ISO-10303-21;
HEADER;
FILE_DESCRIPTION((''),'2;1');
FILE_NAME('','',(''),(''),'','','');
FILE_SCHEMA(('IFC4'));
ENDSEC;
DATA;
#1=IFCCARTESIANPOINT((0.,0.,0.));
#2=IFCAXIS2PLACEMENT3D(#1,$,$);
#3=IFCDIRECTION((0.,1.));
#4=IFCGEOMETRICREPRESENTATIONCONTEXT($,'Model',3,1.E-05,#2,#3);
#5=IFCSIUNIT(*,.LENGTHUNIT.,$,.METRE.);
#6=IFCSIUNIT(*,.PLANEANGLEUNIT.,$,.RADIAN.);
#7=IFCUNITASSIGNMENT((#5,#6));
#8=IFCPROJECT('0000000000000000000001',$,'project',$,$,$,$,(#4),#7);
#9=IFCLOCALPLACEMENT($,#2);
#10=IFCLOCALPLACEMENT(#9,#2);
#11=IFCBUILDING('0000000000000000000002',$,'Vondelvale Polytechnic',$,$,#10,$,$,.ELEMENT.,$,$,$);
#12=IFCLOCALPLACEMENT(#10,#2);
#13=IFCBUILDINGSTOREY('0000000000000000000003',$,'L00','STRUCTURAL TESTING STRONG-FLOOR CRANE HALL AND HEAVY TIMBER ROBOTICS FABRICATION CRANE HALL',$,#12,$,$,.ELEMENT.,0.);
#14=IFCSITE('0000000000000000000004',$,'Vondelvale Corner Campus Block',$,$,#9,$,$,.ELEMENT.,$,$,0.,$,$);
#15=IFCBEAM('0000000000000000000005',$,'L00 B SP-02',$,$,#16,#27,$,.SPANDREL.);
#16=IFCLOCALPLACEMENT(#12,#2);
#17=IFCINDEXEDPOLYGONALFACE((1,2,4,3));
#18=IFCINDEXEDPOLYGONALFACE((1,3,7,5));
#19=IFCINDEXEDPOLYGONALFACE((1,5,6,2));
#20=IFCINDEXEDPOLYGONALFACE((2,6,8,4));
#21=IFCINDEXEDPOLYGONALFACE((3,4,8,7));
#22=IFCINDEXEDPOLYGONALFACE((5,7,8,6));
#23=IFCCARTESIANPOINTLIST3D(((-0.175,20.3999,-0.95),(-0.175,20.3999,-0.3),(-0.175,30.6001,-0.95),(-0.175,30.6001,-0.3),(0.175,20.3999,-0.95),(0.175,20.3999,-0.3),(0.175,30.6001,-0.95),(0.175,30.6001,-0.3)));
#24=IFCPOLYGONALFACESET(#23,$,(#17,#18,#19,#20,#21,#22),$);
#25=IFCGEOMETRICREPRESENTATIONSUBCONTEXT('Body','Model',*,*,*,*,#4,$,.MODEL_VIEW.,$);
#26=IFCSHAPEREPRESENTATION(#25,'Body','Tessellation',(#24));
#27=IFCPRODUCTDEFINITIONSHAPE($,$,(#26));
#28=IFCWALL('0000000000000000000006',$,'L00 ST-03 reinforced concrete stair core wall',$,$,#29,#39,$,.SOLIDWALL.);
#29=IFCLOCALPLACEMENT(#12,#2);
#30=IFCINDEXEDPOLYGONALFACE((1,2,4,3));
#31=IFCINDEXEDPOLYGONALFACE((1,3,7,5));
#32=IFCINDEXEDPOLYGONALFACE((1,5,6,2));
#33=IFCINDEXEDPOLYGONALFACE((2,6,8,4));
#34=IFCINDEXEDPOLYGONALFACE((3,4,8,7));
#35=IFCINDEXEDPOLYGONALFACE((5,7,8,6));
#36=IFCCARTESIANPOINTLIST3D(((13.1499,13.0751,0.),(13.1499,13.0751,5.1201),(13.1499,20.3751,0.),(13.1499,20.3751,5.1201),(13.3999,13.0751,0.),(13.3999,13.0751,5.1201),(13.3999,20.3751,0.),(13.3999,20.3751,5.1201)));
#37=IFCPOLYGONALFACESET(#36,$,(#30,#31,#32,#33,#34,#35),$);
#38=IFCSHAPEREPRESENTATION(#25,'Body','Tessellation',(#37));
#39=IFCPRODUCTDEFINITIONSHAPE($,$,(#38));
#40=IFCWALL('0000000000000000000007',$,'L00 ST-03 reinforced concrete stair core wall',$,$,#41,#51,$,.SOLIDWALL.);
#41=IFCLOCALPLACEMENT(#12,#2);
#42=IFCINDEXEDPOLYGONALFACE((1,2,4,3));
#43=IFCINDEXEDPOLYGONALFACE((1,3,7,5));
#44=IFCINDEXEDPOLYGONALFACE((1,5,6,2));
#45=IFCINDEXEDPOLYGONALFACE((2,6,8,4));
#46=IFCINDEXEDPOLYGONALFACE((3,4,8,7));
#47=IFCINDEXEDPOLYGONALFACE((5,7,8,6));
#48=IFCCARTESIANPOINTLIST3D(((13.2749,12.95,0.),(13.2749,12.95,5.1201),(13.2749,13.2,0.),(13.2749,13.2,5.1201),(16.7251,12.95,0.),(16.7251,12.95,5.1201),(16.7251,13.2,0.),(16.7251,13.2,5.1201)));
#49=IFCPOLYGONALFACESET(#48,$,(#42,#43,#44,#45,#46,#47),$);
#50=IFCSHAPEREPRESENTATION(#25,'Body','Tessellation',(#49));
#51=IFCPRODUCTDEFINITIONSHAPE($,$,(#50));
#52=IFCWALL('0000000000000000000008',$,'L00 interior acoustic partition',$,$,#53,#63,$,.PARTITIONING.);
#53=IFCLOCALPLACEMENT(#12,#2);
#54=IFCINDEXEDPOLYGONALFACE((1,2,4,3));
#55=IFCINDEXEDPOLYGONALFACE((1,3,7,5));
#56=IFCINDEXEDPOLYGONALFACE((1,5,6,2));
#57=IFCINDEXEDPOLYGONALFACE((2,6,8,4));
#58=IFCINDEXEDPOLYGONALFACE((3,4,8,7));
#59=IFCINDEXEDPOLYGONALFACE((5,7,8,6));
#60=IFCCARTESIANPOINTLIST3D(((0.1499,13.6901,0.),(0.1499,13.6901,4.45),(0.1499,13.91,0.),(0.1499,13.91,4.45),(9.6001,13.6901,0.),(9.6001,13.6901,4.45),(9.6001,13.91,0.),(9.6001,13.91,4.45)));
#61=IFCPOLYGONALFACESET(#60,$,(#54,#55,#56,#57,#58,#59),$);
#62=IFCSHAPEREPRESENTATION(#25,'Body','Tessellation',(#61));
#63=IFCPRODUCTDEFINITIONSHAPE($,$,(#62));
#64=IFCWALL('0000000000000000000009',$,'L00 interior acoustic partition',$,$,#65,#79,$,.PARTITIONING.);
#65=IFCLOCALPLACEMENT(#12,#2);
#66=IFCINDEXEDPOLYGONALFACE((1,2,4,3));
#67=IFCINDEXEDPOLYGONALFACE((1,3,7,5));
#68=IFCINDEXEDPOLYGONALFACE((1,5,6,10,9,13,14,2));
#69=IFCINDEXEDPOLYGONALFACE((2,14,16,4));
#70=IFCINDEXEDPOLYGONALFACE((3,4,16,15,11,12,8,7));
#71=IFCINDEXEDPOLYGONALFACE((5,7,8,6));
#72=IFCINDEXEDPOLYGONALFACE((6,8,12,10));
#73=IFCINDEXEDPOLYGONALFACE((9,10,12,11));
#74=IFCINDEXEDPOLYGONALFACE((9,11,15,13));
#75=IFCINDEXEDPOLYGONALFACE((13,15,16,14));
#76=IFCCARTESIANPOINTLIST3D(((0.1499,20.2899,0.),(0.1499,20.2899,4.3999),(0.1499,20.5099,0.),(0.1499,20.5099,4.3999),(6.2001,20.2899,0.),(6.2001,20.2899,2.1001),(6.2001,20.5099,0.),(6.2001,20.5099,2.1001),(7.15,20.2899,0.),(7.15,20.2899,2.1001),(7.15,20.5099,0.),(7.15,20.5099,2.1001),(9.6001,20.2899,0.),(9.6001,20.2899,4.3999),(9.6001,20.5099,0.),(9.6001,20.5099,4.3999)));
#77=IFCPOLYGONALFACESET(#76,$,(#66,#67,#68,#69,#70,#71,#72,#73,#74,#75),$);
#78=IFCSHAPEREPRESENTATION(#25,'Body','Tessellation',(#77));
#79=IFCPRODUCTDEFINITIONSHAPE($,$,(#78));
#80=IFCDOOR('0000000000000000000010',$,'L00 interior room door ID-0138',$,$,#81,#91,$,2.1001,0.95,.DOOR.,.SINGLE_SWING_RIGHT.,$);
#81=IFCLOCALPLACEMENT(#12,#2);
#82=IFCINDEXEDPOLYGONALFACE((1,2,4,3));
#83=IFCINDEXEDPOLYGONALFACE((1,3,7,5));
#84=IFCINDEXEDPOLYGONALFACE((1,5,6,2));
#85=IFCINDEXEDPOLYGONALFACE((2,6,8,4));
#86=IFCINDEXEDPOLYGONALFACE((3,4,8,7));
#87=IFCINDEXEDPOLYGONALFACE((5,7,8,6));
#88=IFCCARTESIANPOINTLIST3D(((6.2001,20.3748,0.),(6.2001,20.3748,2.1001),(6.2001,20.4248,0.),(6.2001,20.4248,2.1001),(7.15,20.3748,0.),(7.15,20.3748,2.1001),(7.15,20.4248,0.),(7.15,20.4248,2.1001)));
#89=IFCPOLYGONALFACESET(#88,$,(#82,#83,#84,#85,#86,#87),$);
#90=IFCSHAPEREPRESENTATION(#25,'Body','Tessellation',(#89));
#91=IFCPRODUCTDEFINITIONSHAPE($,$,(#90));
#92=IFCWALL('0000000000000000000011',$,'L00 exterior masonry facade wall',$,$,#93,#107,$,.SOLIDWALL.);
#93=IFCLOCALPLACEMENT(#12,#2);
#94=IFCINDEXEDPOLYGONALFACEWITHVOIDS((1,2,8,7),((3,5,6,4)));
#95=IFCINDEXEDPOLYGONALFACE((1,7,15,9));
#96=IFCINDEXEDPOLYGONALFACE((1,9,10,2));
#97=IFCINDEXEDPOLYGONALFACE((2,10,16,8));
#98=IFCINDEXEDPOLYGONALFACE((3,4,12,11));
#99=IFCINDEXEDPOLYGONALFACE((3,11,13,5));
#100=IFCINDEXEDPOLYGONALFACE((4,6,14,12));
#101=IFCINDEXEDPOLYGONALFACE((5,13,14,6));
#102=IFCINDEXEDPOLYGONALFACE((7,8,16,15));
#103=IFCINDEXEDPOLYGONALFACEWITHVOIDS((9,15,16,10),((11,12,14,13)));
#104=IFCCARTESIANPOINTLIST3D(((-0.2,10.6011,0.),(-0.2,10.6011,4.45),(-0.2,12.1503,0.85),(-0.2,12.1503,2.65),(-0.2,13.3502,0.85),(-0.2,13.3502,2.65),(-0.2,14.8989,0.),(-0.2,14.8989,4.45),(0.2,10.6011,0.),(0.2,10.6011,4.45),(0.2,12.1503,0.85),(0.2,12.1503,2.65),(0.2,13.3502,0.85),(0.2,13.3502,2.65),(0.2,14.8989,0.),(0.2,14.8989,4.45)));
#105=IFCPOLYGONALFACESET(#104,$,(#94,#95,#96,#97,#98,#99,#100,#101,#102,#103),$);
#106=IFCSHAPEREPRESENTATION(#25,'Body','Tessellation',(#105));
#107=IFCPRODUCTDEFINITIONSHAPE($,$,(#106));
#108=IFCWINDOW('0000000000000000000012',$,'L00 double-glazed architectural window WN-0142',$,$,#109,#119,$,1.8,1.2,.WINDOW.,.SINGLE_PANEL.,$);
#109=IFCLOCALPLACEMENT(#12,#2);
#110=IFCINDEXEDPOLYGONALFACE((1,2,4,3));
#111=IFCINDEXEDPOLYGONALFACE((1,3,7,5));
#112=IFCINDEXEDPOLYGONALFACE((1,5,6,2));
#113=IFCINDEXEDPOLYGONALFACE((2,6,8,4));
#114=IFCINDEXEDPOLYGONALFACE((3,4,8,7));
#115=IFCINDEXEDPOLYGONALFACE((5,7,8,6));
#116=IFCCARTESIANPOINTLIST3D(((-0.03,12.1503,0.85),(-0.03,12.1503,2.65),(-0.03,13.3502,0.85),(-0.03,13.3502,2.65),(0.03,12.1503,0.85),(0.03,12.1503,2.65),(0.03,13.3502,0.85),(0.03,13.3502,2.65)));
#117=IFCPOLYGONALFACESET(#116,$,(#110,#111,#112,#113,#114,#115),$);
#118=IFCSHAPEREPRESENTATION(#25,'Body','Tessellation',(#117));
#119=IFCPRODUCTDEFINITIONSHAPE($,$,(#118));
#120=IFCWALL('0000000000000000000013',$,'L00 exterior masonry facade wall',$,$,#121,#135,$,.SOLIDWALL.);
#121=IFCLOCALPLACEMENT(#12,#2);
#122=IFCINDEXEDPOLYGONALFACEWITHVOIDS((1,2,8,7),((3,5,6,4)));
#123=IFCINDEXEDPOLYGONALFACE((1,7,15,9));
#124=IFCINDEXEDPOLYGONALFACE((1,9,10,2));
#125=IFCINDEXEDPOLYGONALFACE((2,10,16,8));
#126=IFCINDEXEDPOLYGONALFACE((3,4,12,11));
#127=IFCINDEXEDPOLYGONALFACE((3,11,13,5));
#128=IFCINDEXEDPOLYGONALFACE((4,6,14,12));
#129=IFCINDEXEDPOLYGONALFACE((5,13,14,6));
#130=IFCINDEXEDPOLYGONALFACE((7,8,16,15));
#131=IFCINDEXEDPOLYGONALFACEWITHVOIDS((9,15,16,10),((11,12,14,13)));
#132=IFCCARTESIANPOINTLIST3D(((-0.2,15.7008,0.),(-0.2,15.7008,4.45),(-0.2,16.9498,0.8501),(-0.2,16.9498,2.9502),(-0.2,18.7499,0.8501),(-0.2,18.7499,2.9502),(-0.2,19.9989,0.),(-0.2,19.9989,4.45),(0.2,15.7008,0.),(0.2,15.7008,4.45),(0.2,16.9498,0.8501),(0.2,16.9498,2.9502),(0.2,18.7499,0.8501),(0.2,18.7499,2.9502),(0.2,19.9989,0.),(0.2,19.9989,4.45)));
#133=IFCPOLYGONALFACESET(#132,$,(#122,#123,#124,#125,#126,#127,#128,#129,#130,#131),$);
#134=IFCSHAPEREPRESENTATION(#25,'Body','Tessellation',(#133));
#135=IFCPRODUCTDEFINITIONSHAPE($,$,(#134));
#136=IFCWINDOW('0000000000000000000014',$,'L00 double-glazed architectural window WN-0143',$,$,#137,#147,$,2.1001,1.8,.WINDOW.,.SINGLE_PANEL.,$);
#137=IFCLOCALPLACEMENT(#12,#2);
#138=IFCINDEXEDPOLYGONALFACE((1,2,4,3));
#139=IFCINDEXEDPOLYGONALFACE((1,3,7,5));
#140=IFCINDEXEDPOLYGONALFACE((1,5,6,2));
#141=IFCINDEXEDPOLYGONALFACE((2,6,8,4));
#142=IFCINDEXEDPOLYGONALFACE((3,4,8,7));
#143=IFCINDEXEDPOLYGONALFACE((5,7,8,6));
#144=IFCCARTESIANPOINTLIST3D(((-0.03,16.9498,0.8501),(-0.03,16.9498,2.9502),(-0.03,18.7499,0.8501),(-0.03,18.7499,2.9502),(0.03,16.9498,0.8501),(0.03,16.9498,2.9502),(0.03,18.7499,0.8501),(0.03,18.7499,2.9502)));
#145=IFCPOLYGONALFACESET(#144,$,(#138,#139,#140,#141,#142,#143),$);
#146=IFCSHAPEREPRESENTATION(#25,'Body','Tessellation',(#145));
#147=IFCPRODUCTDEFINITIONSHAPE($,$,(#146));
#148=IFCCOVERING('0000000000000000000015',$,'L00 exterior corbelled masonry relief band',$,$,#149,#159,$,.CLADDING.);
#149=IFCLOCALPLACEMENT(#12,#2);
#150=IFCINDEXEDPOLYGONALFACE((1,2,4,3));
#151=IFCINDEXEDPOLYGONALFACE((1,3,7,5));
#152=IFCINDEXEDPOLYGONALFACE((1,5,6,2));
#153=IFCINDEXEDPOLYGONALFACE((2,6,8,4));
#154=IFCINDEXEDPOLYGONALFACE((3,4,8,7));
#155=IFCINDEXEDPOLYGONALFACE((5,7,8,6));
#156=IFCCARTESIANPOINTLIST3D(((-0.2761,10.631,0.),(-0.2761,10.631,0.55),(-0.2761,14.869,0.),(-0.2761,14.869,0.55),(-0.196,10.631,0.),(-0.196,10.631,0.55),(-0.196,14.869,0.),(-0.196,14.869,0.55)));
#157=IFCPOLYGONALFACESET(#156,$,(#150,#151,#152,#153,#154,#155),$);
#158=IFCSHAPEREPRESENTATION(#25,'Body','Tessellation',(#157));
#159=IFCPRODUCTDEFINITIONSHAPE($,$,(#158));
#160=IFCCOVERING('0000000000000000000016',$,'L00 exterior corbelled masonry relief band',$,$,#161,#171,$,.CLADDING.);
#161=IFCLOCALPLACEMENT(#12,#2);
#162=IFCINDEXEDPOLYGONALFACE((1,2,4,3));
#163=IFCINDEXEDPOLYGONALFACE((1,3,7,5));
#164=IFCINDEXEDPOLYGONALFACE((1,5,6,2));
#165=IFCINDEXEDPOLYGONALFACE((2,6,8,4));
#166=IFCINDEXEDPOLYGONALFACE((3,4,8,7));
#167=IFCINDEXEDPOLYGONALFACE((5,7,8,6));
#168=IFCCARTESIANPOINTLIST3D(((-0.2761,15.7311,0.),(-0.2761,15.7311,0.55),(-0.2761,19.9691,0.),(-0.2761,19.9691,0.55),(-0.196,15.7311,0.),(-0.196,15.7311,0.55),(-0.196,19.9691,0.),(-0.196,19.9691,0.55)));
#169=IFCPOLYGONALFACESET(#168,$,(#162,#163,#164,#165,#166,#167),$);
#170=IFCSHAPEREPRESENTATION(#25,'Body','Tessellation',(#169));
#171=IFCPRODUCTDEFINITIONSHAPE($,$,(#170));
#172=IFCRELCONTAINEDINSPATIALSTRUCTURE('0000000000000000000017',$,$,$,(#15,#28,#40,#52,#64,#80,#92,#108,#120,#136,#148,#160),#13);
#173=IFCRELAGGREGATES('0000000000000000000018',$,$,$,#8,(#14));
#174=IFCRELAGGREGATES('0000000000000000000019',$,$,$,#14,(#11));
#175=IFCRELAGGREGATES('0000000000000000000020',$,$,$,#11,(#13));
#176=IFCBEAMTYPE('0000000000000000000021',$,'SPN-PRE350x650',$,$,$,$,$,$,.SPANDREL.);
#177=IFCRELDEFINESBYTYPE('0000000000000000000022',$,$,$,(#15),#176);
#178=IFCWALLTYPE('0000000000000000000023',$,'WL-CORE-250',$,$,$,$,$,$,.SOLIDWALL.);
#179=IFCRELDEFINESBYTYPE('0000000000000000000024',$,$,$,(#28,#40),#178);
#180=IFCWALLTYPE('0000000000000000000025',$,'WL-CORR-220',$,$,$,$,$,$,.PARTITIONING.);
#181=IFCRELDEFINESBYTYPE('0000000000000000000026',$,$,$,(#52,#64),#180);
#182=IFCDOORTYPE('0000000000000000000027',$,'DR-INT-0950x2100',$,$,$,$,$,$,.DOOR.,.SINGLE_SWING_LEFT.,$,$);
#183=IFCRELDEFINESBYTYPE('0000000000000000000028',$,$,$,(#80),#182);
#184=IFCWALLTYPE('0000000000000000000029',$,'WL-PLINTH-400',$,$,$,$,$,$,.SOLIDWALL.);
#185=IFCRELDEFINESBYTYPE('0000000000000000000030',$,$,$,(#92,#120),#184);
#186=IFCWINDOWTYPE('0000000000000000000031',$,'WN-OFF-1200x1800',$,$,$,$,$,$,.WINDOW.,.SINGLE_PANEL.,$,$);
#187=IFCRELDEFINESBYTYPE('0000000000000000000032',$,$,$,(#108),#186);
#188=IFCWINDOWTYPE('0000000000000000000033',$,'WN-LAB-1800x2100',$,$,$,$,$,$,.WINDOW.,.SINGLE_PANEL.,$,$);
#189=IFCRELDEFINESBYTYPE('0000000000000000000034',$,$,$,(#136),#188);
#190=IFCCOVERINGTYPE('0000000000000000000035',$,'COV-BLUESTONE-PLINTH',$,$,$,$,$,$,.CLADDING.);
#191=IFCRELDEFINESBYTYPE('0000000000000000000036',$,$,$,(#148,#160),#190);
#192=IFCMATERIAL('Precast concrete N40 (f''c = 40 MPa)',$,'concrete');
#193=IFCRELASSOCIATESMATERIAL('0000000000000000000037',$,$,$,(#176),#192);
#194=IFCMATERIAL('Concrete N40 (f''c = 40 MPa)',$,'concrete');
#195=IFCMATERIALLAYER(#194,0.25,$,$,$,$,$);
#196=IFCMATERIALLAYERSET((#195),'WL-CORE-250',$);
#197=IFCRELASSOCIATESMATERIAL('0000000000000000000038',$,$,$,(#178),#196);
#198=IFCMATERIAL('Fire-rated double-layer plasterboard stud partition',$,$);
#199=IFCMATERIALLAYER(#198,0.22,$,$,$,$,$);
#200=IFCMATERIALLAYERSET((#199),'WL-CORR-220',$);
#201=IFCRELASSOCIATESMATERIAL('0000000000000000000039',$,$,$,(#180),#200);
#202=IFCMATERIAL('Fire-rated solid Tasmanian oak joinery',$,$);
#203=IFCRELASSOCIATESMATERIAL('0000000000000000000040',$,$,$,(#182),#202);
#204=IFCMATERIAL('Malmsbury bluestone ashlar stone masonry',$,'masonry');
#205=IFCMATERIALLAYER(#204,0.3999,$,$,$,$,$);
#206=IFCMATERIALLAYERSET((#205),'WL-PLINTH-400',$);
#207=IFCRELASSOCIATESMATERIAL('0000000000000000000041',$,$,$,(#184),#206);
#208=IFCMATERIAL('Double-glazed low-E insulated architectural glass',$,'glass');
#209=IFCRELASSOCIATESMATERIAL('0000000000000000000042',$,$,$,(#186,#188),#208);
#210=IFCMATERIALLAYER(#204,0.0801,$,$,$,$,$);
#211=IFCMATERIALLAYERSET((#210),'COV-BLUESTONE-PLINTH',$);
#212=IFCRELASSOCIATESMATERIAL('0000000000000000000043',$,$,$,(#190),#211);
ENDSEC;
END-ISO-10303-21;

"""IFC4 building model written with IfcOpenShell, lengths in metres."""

from ifc_helpers import new_model, si_unit, direction, frame, frame_2d, origin, origin_2d, place, context, subcontext, project, spatial, rectangle, extrude, material, layer, layer_set, material_profile, profile_set, type_object, element, fill, save


model = new_model("IFC4")

# Units and contexts
model_context = context("Model", 3, precision=1e-05, world=origin(), true_north=direction((0.0, 1.0)))
body_context = subcontext(model_context, "Body", "Model", "MODEL_VIEW")
ifc_project = project(units=[si_unit("LENGTHUNIT", "METRE"), si_unit("PLANEANGLEUNIT", "RADIAN")], contexts=[model_context])

# Site, building, storey
site_placement = place(None, origin())
site = spatial("IfcSite", under=ifc_project, at=site_placement, Name="Vondelvale Corner Campus Block", CompositionType="ELEMENT", RefElevation=0.0)
building_placement = place(site_placement, origin())
building = spatial("IfcBuilding", under=site, at=building_placement, Name="Vondelvale Polytechnic", CompositionType="ELEMENT")
storey_placement = place(building_placement, origin())
storey = spatial("IfcBuildingStorey", under=building, at=storey_placement, Name="L00", Description="STRUCTURAL TESTING STRONG-FLOOR CRANE HALL AND HEAVY TIMBER ROBOTICS FABRICATION CRANE HALL", CompositionType="ELEMENT", Elevation=0.0)

# Beam
ifc_material_1 = material(Name="Concrete N40 (f'c = 40 MPa)", Category="concrete")
ifc_material_2 = material(Name="Precast concrete N40 (f'c = 40 MPa)", Category="concrete")
ifc_material_profile_1 = material_profile(ifc_material_2, rectangle(XDim=0.3501, YDim=0.6499, at=origin_2d()), Name="RC-SPN-350x650")
ifc_profile_set_1 = profile_set([ifc_material_profile_1], Name="Precast concrete N40 (f'c = 40 MPa)")
beam_type_1 = type_object("IfcBeamType", Name="SPN-PRE350x650", PredefinedType="SPANDREL", material=ifc_profile_set_1)
beam_1_placement = place(storey_placement, frame((0.0, 20.3999, -0.625), z_axis=(0.0, 1.0, 0.0), x_axis=(-1.0, 0.0, 0.0)))
element("IfcBeam", 1, at=beam_1_placement, inside=storey, type_object=beam_type_1, Name="L00 B SP-02", PredefinedType="SPANDREL", context=body_context, shape_type="SweptSolid", body=[
    extrude(rectangle(XDim=0.3501, YDim=0.6499, at=origin_2d()), origin(), (0.0, 0.0, 1.0), 10.2002),
])

# Walls
ifc_layer_1 = layer(ifc_material_1, 0.25)
ifc_layer_set_1 = layer_set([ifc_layer_1], Name="WL-CORE-250")
wall_type_1 = type_object("IfcWallType", Name="WL-CORE-250", PredefinedType="SOLIDWALL", material=ifc_layer_set_1)
wall_1_placement = place(storey_placement, frame((13.2749, 20.375, 0.0), z_axis=(0.0, 0.0, 1.0), x_axis=(0.0, -1.0, 0.0)))
element("IfcWall", 2, at=wall_1_placement, inside=storey, type_object=wall_type_1, Name="L00 ST-03 reinforced concrete stair core wall", PredefinedType="SOLIDWALL", context=body_context, shape_type="SweptSolid", body=[
    extrude(rectangle(XDim=7.3, YDim=0.25, at=frame_2d((3.6499, 0.0))), origin(), (0.0, 0.0, 1.0), 5.1201),
])
wall_2_placement = place(storey_placement, frame((13.2749, 13.075, 0.0), z_axis=(0.0, 0.0, 1.0), x_axis=(1.0, 0.0, 0.0)))
element("IfcWall", 3, at=wall_2_placement, inside=storey, type_object=wall_type_1, Name="L00 ST-03 reinforced concrete stair core wall", PredefinedType="SOLIDWALL", context=body_context, shape_type="SweptSolid", body=[
    extrude(rectangle(XDim=3.4502, YDim=0.25, at=frame_2d((1.7251, 0.0))), origin(), (0.0, 0.0, 1.0), 5.1201),
])
ifc_material_3 = material(Name="Fire-rated double-layer plasterboard stud partition")
ifc_layer_2 = layer(ifc_material_3, 0.22)
ifc_layer_set_2 = layer_set([ifc_layer_2], Name="WL-CORR-220")
wall_type_2 = type_object("IfcWallType", Name="WL-CORR-220", PredefinedType="PARTITIONING", material=ifc_layer_set_2)
wall_3_placement = place(storey_placement, frame((0.1499, 13.8, 0.0), z_axis=(0.0, 0.0, 1.0), x_axis=(1.0, 0.0, 0.0)))
element("IfcWall", 4, at=wall_3_placement, inside=storey, type_object=wall_type_2, Name="L00 interior acoustic partition", PredefinedType="PARTITIONING", context=body_context, shape_type="SweptSolid", body=[
    extrude(rectangle(XDim=9.4502, YDim=0.22, at=frame_2d((4.7251, 0.0))), origin(), (0.0, 0.0, 1.0), 4.45),
])

# Wall, opening, door
wall_4_placement = place(storey_placement, frame((0.1499, 20.3999, 0.0), z_axis=(0.0, 0.0, 1.0), x_axis=(1.0, 0.0, 0.0)))
wall_4 = element("IfcWall", 5, at=wall_4_placement, inside=storey, type_object=wall_type_2, Name="L00 interior acoustic partition", PredefinedType="PARTITIONING", context=body_context, shape_type="SweptSolid", body=[
    extrude(rectangle(XDim=9.4502, YDim=0.22, at=frame_2d((4.7251, 0.0))), origin(), (0.0, 0.0, 1.0), 4.3999),
])
opening_1_placement = place(wall_4_placement, frame((6.05, 0.0, 0.0)))
opening_1 = element("IfcOpeningElement", 6, at=opening_1_placement, cuts=wall_4, PredefinedType="OPENING", context=body_context, shape_type="SweptSolid", body=[
    extrude(rectangle(XDim=0.95, YDim=2.1001, at=frame_2d((0.4751, 1.05))), frame((0.0, 0.1199, 0.0), z_axis=(0.0, -1.0, 0.0), x_axis=(1.0, 0.0, 0.0)), (0.0, 0.0, 1.0), 0.24),
])
ifc_material_4 = material(Name="Fire-rated solid Tasmanian oak joinery")
door_type = type_object("IfcDoorType", Name="DR-INT-0950x2100", OperationType="SINGLE_SWING_LEFT", PredefinedType="DOOR", material=ifc_material_4)
door_placement = place(opening_1_placement, origin())
door = element("IfcDoor", 7, at=door_placement, inside=storey, type_object=door_type, Name="L00 interior room door ID-0138", OperationType="SINGLE_SWING_RIGHT", OverallHeight=2.1001, OverallWidth=0.95, PredefinedType="DOOR", context=body_context, shape_type="SweptSolid", body=[
    extrude(rectangle(XDim=0.95, YDim=2.1001, at=frame_2d((0.4751, 1.05))), frame((0.0, 0.0249, 0.0), z_axis=(0.0, -1.0, 0.0), x_axis=(1.0, 0.0, 0.0)), (0.0, 0.0, 1.0), 0.05),
])
fill(opening_1, door)

# Walls, openings, windows
ifc_material_5 = material(Name="Malmsbury bluestone ashlar stone masonry", Category="masonry")
ifc_layer_3 = layer(ifc_material_5, 0.3999)
ifc_layer_set_3 = layer_set([ifc_layer_3], Name="WL-PLINTH-400")
wall_type_3 = type_object("IfcWallType", Name="WL-PLINTH-400", PredefinedType="SOLIDWALL", material=ifc_layer_set_3)
wall_5_placement = place(storey_placement, frame((0.0, 10.6011, 0.0), z_axis=(0.0, 0.0, 1.0), x_axis=(0.0, 1.0, 0.0)))
wall_5 = element("IfcWall", 8, at=wall_5_placement, inside=storey, type_object=wall_type_3, Name="L00 exterior masonry facade wall", PredefinedType="SOLIDWALL", context=body_context, shape_type="SweptSolid", body=[
    extrude(rectangle(XDim=4.2979, YDim=0.3999, at=frame_2d((2.1489, 0.0))), origin(), (0.0, 0.0, 1.0), 4.45),
])
opening_2_placement = place(wall_5_placement, frame((1.5491, 0.0, 0.8501)))
opening_2 = element("IfcOpeningElement", 9, at=opening_2_placement, cuts=wall_5, PredefinedType="OPENING", context=body_context, shape_type="SweptSolid", body=[
    extrude(rectangle(XDim=1.2, YDim=1.8, at=frame_2d((0.6001, 0.8999))), frame((0.0, 0.21, 0.0), z_axis=(0.0, -1.0, 0.0), x_axis=(1.0, 0.0, 0.0)), (0.0, 0.0, 1.0), 0.4199),
])
ifc_material_6 = material(Name="Double-glazed low-E insulated architectural glass", Category="glass")
window_type_1 = type_object("IfcWindowType", Name="WN-OFF-1200x1800", PartitioningType="SINGLE_PANEL", PredefinedType="WINDOW", material=ifc_material_6)
window_1_placement = place(opening_2_placement, origin())
window_1 = element("IfcWindow", 10, at=window_1_placement, inside=storey, type_object=window_type_1, Name="L00 double-glazed architectural window WN-0142", OverallHeight=1.8, OverallWidth=1.2, PartitioningType="SINGLE_PANEL", PredefinedType="WINDOW", context=body_context, shape_type="SweptSolid", body=[
    extrude(rectangle(XDim=1.2, YDim=1.8, at=frame_2d((0.6001, 0.8999))), frame((0.0, 0.03, 0.0), z_axis=(0.0, -1.0, 0.0), x_axis=(1.0, 0.0, 0.0)), (0.0, 0.0, 1.0), 0.0601),
])
fill(opening_2, window_1)
wall_6_placement = place(storey_placement, frame((0.0, 15.7009, 0.0), z_axis=(0.0, 0.0, 1.0), x_axis=(0.0, 1.0, 0.0)))
wall_6 = element("IfcWall", 11, at=wall_6_placement, inside=storey, type_object=wall_type_3, Name="L00 exterior masonry facade wall", PredefinedType="SOLIDWALL", context=body_context, shape_type="SweptSolid", body=[
    extrude(rectangle(XDim=4.2981, YDim=0.3999, at=frame_2d((2.1489, 0.0))), origin(), (0.0, 0.0, 1.0), 4.45),
])
opening_3_placement = place(wall_6_placement, frame((1.249, 0.0, 0.8501)))
opening_3 = element("IfcOpeningElement", 12, at=opening_3_placement, cuts=wall_6, PredefinedType="OPENING", context=body_context, shape_type="SweptSolid", body=[
    extrude(rectangle(XDim=1.8, YDim=2.1001, at=frame_2d((0.8999, 1.05))), frame((0.0, 0.21, 0.0), z_axis=(0.0, -1.0, 0.0), x_axis=(1.0, 0.0, 0.0)), (0.0, 0.0, 1.0), 0.4199),
])
window_type_2 = type_object("IfcWindowType", Name="WN-LAB-1800x2100", PartitioningType="SINGLE_PANEL", PredefinedType="WINDOW", material=ifc_material_6)
window_2_placement = place(opening_3_placement, origin())
window_2 = element("IfcWindow", 13, at=window_2_placement, inside=storey, type_object=window_type_2, Name="L00 double-glazed architectural window WN-0143", OverallHeight=2.1001, OverallWidth=1.8, PartitioningType="SINGLE_PANEL", PredefinedType="WINDOW", context=body_context, shape_type="SweptSolid", body=[
    extrude(rectangle(XDim=1.8, YDim=2.1001, at=frame_2d((0.8999, 1.05))), frame((0.0, 0.03, 0.0), z_axis=(0.0, -1.0, 0.0), x_axis=(1.0, 0.0, 0.0)), (0.0, 0.0, 1.0), 0.0601),
])
fill(opening_3, window_2)

# Coverings
ifc_layer_4 = layer(ifc_material_5, 0.0801)
ifc_layer_set_4 = layer_set([ifc_layer_4], Name="COV-BLUESTONE-PLINTH")
covering_type = type_object("IfcCoveringType", Name="COV-BLUESTONE-PLINTH", PredefinedType="CLADDING", material=ifc_layer_set_4)
for number, where, z_axis, x_axis, name in (
    (14, (-0.2361, 12.75, 0.0), (0.0, 0.0, 1.0), (0.0, 1.0, 0.0), "L00 exterior corbelled masonry relief band"),
    (15, (-0.2361, 17.8501, 0.0), (0.0, 0.0, 1.0), (0.0, 1.0, 0.0), "L00 exterior corbelled masonry relief band"),
):
    element("IfcCovering", number, at=place(storey_placement, frame(where, z_axis=z_axis, x_axis=x_axis)), inside=storey, type_object=covering_type, Name=name, PredefinedType="CLADDING", context=body_context, shape_type="SweptSolid", body=[
        extrude(rectangle(XDim=4.238, YDim=0.0801, at=origin_2d()), origin(), (0.0, 0.0, 1.0), 0.55),
    ])

save(model, "model.ifc")
